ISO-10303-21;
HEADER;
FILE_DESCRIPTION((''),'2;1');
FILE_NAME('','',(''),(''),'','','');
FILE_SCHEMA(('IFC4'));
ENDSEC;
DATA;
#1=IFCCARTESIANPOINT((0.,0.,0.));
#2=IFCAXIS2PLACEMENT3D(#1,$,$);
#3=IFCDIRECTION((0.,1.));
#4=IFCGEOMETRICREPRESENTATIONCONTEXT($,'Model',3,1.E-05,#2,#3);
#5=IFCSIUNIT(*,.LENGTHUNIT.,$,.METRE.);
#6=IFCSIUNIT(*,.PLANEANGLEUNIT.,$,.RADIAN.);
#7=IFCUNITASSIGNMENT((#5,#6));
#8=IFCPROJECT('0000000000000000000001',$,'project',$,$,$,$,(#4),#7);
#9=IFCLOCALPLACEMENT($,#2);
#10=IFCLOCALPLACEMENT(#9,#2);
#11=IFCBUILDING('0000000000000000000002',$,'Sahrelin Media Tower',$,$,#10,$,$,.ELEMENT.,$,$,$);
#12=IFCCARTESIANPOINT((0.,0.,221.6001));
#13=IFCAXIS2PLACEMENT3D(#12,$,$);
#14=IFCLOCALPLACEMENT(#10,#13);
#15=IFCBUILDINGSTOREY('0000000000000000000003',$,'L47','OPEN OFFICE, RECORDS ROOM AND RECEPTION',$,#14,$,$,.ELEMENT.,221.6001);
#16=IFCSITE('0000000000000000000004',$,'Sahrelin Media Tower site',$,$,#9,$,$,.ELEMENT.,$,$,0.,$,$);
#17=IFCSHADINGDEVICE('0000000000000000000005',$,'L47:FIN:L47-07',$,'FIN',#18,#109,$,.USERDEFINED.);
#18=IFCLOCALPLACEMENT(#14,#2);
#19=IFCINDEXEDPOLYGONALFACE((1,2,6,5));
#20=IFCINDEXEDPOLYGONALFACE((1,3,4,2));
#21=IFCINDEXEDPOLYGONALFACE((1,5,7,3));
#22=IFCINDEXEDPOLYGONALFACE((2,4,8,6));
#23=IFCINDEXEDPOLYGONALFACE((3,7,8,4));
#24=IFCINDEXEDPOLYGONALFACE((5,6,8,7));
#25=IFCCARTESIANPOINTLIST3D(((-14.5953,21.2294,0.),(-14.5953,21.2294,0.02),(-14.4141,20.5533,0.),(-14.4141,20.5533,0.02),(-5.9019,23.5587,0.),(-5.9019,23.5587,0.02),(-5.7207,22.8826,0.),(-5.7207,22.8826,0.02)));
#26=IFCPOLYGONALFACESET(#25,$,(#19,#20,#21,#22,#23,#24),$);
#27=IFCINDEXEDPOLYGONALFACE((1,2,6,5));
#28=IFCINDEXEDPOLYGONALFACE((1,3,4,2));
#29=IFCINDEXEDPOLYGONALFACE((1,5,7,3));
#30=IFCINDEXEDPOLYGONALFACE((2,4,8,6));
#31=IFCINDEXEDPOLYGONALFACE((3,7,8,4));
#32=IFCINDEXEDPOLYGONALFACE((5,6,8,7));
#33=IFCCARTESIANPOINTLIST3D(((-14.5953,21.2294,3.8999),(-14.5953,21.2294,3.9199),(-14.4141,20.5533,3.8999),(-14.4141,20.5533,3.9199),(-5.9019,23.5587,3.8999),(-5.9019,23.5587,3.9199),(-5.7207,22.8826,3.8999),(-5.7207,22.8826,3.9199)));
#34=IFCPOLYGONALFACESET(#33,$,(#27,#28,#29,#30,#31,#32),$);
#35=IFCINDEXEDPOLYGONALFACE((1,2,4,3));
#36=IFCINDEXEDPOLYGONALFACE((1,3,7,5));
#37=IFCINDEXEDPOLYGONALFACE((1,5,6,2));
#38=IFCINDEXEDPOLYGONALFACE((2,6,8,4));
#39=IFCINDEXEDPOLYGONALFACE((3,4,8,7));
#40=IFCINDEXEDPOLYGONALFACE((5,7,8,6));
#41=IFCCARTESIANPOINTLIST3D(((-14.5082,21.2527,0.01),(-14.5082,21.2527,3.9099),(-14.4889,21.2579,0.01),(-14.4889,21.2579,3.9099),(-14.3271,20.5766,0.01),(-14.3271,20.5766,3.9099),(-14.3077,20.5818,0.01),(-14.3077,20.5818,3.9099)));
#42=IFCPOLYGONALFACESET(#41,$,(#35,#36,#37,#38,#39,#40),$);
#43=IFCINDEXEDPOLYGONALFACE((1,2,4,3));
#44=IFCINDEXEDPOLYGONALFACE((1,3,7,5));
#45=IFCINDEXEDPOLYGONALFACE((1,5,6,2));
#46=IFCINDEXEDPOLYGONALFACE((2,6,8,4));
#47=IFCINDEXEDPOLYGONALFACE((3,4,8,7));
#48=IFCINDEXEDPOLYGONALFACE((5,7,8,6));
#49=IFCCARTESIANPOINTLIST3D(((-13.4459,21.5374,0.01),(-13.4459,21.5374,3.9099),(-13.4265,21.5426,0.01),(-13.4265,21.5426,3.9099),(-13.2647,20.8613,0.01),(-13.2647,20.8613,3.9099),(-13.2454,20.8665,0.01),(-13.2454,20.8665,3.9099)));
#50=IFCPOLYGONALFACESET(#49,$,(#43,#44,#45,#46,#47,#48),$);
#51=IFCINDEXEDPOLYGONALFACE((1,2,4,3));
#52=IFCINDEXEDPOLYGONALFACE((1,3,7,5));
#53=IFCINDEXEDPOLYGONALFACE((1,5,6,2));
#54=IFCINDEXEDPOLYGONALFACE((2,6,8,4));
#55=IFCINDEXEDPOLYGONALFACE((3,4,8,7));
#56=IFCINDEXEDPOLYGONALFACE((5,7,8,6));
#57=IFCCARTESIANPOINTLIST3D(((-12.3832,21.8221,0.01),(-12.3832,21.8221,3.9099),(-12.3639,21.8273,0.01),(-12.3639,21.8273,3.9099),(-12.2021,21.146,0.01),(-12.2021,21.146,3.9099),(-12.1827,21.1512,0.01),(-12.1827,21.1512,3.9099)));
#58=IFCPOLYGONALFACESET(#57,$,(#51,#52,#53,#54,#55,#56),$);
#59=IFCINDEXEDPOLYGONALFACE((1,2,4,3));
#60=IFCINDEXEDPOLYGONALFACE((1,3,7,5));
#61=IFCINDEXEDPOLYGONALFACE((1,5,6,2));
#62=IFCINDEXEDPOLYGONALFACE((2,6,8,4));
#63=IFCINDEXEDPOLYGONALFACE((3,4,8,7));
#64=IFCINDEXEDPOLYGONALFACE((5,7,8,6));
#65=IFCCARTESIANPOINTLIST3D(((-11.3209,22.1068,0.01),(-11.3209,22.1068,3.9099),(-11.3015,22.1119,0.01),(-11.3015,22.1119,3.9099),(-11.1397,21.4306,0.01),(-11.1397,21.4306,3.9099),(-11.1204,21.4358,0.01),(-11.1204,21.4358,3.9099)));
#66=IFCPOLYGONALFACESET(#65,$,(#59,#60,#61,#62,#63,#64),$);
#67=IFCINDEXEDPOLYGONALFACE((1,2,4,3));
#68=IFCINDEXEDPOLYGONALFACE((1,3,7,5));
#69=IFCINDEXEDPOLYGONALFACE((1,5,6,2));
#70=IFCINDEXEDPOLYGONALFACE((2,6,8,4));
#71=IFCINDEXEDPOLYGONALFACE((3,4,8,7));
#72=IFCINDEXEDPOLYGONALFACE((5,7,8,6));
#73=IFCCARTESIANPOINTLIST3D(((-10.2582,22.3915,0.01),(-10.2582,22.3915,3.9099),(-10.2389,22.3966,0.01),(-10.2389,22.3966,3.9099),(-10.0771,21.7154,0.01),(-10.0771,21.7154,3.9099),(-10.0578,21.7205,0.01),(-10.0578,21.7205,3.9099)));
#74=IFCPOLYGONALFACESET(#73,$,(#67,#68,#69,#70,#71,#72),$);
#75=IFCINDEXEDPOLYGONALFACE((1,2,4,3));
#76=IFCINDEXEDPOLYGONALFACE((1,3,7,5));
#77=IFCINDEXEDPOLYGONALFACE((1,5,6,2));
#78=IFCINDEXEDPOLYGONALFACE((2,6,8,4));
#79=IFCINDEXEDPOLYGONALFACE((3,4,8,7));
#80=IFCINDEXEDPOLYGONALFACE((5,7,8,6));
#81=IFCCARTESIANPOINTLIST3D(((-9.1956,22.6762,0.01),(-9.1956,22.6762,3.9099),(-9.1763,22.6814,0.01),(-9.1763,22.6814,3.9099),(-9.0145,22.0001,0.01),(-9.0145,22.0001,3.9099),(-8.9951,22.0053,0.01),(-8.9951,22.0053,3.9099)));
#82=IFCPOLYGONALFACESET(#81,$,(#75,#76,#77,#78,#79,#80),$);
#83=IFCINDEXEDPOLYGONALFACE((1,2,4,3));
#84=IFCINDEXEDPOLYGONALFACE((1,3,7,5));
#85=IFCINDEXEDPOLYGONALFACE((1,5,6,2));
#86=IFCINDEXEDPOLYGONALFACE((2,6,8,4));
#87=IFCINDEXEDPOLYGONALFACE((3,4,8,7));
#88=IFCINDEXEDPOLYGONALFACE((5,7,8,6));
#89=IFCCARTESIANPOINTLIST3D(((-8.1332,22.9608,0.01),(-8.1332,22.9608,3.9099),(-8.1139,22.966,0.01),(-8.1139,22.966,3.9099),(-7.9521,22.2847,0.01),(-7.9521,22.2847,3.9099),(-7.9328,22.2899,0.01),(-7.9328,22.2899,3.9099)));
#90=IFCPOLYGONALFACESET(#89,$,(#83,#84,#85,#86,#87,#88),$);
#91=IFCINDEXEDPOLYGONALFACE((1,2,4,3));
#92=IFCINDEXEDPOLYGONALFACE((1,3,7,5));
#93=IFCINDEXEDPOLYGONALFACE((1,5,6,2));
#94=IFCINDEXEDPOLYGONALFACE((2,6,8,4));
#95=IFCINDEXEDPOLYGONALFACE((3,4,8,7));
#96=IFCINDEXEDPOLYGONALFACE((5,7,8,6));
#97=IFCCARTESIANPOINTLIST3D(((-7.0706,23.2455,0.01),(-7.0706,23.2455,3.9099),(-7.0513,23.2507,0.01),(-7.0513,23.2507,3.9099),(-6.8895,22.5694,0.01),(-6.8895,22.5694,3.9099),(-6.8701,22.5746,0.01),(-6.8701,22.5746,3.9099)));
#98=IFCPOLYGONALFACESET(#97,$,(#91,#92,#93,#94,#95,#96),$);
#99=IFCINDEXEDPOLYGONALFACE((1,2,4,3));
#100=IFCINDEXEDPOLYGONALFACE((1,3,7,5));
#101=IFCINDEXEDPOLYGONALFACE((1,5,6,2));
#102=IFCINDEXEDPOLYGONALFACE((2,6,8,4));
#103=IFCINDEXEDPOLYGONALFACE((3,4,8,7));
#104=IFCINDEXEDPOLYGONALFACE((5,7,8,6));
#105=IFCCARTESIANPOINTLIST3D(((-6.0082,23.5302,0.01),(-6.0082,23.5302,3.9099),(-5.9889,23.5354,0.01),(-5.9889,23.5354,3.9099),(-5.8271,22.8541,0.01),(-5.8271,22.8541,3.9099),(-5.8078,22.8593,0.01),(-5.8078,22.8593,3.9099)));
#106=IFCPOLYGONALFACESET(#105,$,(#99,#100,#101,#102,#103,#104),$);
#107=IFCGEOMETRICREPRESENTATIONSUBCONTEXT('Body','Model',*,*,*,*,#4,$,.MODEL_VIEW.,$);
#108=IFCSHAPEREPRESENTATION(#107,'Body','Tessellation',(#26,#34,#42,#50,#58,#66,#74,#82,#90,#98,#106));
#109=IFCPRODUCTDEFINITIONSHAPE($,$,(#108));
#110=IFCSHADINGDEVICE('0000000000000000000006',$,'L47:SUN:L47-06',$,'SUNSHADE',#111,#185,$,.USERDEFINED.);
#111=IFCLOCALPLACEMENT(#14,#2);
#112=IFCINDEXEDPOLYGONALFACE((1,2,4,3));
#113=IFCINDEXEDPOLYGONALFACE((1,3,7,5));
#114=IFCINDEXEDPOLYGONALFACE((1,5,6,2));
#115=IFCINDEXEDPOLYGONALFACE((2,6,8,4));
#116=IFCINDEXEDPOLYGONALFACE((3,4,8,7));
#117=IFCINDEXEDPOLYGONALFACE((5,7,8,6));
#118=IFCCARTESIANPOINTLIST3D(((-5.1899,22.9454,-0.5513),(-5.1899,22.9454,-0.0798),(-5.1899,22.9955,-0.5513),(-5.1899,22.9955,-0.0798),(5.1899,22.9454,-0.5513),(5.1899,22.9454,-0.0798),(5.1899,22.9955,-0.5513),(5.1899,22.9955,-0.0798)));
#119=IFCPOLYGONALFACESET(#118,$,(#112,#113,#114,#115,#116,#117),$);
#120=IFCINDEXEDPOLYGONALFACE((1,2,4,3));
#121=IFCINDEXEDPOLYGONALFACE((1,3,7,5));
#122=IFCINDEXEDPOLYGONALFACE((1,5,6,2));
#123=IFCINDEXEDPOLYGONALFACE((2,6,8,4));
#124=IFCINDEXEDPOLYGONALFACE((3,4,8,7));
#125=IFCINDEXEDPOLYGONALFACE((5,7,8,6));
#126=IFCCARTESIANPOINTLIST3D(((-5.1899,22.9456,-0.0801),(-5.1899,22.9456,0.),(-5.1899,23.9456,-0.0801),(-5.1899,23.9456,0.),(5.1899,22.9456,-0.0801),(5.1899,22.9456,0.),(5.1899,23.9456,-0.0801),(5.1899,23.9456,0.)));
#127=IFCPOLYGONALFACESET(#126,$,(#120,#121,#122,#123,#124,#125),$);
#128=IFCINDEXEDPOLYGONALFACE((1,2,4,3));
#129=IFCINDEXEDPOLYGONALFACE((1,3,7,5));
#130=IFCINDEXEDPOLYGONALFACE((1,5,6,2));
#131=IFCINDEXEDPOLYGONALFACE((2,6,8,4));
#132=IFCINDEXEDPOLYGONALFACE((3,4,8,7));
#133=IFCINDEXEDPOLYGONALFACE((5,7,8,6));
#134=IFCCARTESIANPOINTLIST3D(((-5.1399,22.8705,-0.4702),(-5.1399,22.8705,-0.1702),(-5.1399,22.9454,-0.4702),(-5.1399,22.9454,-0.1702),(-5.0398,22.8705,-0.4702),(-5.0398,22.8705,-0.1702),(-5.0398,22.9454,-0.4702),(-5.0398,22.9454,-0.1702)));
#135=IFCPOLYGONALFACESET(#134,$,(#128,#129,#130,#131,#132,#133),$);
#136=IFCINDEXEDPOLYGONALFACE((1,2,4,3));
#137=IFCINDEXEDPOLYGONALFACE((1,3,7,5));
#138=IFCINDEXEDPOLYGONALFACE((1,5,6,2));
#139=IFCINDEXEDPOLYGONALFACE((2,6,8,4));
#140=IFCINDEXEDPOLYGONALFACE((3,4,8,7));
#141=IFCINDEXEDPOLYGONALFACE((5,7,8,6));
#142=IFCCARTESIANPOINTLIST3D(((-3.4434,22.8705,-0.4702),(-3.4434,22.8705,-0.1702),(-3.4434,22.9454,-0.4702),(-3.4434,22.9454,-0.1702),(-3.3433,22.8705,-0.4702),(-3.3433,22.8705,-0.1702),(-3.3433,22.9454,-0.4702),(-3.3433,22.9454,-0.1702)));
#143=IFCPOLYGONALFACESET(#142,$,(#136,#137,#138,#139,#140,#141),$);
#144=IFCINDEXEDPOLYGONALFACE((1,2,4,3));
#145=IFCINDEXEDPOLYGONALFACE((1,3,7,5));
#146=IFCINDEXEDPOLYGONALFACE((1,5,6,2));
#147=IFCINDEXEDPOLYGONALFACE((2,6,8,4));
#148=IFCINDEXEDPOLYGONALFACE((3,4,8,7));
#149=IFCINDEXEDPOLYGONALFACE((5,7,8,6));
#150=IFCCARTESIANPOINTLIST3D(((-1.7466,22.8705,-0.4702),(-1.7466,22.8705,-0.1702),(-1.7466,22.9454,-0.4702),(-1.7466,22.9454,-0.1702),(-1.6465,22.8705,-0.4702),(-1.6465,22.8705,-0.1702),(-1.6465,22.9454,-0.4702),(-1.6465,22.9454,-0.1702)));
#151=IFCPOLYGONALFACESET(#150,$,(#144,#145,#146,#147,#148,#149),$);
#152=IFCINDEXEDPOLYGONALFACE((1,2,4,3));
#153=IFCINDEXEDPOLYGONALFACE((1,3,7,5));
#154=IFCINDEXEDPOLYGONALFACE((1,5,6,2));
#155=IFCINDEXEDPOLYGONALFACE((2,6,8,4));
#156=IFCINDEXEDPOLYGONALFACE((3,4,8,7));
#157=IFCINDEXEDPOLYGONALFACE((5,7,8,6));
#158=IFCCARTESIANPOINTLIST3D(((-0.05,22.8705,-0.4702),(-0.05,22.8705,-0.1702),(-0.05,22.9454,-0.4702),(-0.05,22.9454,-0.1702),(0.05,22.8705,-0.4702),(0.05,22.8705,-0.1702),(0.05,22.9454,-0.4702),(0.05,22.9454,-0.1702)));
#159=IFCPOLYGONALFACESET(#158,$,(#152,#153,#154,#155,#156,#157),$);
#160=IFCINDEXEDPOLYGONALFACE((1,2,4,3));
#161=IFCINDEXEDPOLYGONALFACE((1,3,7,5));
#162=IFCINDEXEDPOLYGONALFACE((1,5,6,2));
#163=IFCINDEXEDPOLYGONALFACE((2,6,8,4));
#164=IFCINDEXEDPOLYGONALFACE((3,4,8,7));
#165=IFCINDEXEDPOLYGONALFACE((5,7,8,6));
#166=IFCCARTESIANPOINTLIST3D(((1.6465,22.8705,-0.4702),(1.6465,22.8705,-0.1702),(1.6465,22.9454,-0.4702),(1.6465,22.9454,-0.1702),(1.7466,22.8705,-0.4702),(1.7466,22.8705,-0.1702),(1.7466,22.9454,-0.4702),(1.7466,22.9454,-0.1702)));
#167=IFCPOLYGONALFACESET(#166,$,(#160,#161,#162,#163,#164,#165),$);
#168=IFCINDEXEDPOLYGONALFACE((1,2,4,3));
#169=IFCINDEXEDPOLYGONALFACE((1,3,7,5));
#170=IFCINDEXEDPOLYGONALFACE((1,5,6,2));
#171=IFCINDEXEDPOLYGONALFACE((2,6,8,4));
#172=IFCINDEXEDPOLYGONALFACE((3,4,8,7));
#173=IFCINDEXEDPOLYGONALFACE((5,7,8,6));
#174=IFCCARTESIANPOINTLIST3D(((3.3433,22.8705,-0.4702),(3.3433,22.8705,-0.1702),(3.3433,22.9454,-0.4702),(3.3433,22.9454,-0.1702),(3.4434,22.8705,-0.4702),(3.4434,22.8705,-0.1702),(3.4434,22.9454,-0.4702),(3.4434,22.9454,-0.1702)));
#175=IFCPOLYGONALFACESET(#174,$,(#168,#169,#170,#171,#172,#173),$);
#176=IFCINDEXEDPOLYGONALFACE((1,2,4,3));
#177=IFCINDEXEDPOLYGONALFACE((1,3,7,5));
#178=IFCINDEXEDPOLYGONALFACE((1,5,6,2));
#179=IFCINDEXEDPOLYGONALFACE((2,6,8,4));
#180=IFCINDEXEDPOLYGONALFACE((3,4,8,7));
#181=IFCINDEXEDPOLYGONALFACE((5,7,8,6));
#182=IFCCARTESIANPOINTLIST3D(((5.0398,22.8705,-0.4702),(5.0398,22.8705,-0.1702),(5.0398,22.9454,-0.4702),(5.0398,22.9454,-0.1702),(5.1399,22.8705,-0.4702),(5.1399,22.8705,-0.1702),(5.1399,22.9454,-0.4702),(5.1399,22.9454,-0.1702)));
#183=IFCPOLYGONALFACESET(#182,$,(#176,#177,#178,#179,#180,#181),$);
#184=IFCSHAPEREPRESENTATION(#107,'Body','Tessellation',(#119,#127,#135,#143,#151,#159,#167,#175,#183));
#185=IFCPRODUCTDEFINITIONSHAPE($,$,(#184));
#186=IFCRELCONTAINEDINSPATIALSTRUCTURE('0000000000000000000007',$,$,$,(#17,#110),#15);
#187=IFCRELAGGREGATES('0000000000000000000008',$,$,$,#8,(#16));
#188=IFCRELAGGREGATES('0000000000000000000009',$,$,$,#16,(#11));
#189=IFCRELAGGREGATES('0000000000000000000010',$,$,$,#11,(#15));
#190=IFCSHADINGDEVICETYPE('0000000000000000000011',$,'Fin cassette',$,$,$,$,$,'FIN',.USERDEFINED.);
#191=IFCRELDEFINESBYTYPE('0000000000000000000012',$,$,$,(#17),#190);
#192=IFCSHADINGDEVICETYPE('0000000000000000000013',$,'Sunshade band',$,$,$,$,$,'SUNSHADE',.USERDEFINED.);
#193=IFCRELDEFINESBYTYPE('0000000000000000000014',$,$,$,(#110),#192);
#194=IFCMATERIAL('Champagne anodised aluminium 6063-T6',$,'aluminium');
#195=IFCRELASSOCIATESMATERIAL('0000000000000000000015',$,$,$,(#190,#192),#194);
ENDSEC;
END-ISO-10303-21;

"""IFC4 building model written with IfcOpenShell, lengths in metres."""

from ifc_helpers import new_model, si_unit, direction, frame, origin, origin_2d, place, context, subcontext, project, spatial, rectangle, extrude, material, type_object, element, save


model = new_model("IFC4")

# Units and contexts
model_context = context("Model", 3, precision=1e-05, world=origin(), true_north=direction((0.0, 1.0)))
body_context = subcontext(model_context, "Body", "Model", "MODEL_VIEW")
ifc_project = project(units=[si_unit("LENGTHUNIT", "METRE"), si_unit("PLANEANGLEUNIT", "RADIAN")], contexts=[model_context])

# Site, building, storey
site_placement = place(None, origin())
site = spatial("IfcSite", under=ifc_project, at=site_placement, Name="Sahrelin Media Tower site", CompositionType="ELEMENT", RefElevation=0.0)
building_placement = place(site_placement, origin())
building = spatial("IfcBuilding", under=site, at=building_placement, Name="Sahrelin Media Tower", CompositionType="ELEMENT")
storey_placement = place(building_placement, frame((0.0, 0.0, 221.6001)))
storey = spatial("IfcBuildingStorey", under=building, at=storey_placement, Name="L47", Description="OPEN OFFICE, RECORDS ROOM AND RECEPTION", CompositionType="ELEMENT", Elevation=221.6001)

# Shared definitions
ifc_material_1 = material(Name="Champagne anodised aluminium 6063-T6", Category="aluminium")
placement_1 = place(storey_placement, frame((0.0, 22.9255, 0.0), z_axis=(0.0, 0.0, 1.0), x_axis=(1.0, 0.0, 0.0)))

# Shading devices
shading_device_type_1 = type_object("IfcShadingDeviceType", Name="Fin cassette", ElementType="FIN", PredefinedType="USERDEFINED", material=ifc_material_1)
placement_2 = place(storey_placement, frame((-10.0493, 21.6504, 0.0), z_axis=(0.0, 0.0, 1.0), x_axis=(0.965929, 0.258808, 0.0)))
element("IfcShadingDevice", 1, at=placement_2, inside=storey, type_object=shading_device_type_1, Name="L47:FIN:L47-07", ObjectType="FIN", PredefinedType="USERDEFINED", context=body_context, shape_type="SweptSolid", body=[
    extrude(rectangle(XDim=9.0, YDim=0.7, at=origin_2d()), frame((0.0, 0.4199, 0.0)), (0.0, 0.0, 1.0), 0.02),
    extrude(rectangle(XDim=9.0, YDim=0.7, at=origin_2d()), frame((0.0, 0.4199, 3.8999)), (0.0, 0.0, 1.0), 0.02),
    extrude(rectangle(XDim=0.02, YDim=0.7, at=origin_2d()), frame((-4.3999, 0.4199, 0.01), z_axis=(0.0, 0.0, 1.0), x_axis=(1.0, 0.0, 0.0)), (0.0, 0.0, 1.0), 3.8999),
    extrude(rectangle(XDim=0.02, YDim=0.7, at=origin_2d()), frame((-3.3, 0.4199, 0.01), z_axis=(0.0, 0.0, 1.0), x_axis=(1.0, 0.0, 0.0)), (0.0, 0.0, 1.0), 3.8999),
    extrude(rectangle(XDim=0.02, YDim=0.7, at=origin_2d()), frame((-2.2, 0.4199, 0.01), z_axis=(0.0, 0.0, 1.0), x_axis=(1.0, 0.0, 0.0)), (0.0, 0.0, 1.0), 3.8999),
    extrude(rectangle(XDim=0.02, YDim=0.7, at=origin_2d()), frame((-1.1001, 0.4199, 0.01), z_axis=(0.0, 0.0, 1.0), x_axis=(1.0, 0.0, 0.0)), (0.0, 0.0, 1.0), 3.8999),
    extrude(rectangle(XDim=0.02, YDim=0.7, at=origin_2d()), frame((0.0, 0.4199, 0.01), z_axis=(0.0, 0.0, 1.0), x_axis=(1.0, 0.0, 0.0)), (0.0, 0.0, 1.0), 3.8999),
    extrude(rectangle(XDim=0.02, YDim=0.7, at=origin_2d()), frame((1.1001, 0.4199, 0.01), z_axis=(0.0, 0.0, 1.0), x_axis=(1.0, 0.0, 0.0)), (0.0, 0.0, 1.0), 3.8999),
    extrude(rectangle(XDim=0.02, YDim=0.7, at=origin_2d()), frame((2.2, 0.4199, 0.01), z_axis=(0.0, 0.0, 1.0), x_axis=(1.0, 0.0, 0.0)), (0.0, 0.0, 1.0), 3.8999),
    extrude(rectangle(XDim=0.02, YDim=0.7, at=origin_2d()), frame((3.3, 0.4199, 0.01), z_axis=(0.0, 0.0, 1.0), x_axis=(1.0, 0.0, 0.0)), (0.0, 0.0, 1.0), 3.8999),
    extrude(rectangle(XDim=0.02, YDim=0.7, at=origin_2d()), frame((4.3999, 0.4199, 0.01), z_axis=(0.0, 0.0, 1.0), x_axis=(1.0, 0.0, 0.0)), (0.0, 0.0, 1.0), 3.8999),
])
shading_device_type_2 = type_object("IfcShadingDeviceType", Name="Sunshade band", ElementType="SUNSHADE", PredefinedType="USERDEFINED", material=ifc_material_1)
element("IfcShadingDevice", 2, at=placement_1, inside=storey, type_object=shading_device_type_2, Name="L47:SUN:L47-06", ObjectType="SUNSHADE", PredefinedType="USERDEFINED", context=body_context, shape_type="SweptSolid", body=[
    extrude(rectangle(XDim=10.3799, YDim=0.05, at=origin_2d()), frame((0.0, 0.0449, -0.5513)), (0.0, 0.0, 1.0), 0.4714),
    extrude(rectangle(XDim=10.3799, YDim=1.0, at=origin_2d()), frame((0.0, 0.52, -0.0801)), (0.0, 0.0, 1.0), 0.0801),
    extrude(rectangle(XDim=0.1001, YDim=0.075, at=origin_2d()), frame((-5.0898, -0.0176, -0.4702)), (0.0, 0.0, 1.0), 0.3),
    extrude(rectangle(XDim=0.1001, YDim=0.075, at=origin_2d()), frame((-3.3933, -0.0176, -0.4702)), (0.0, 0.0, 1.0), 0.3),
    extrude(rectangle(XDim=0.1001, YDim=0.075, at=origin_2d()), frame((-1.6965, -0.0176, -0.4702)), (0.0, 0.0, 1.0), 0.3),
    extrude(rectangle(XDim=0.1001, YDim=0.075, at=origin_2d()), frame((0.0, -0.0176, -0.4702)), (0.0, 0.0, 1.0), 0.3),
    extrude(rectangle(XDim=0.1001, YDim=0.075, at=origin_2d()), frame((1.6965, -0.0176, -0.4702)), (0.0, 0.0, 1.0), 0.3),
    extrude(rectangle(XDim=0.1001, YDim=0.075, at=origin_2d()), frame((3.3933, -0.0176, -0.4702)), (0.0, 0.0, 1.0), 0.3),
    extrude(rectangle(XDim=0.1001, YDim=0.075, at=origin_2d()), frame((5.0898, -0.0176, -0.4702)), (0.0, 0.0, 1.0), 0.3),
])

save(model, "model.ifc")
